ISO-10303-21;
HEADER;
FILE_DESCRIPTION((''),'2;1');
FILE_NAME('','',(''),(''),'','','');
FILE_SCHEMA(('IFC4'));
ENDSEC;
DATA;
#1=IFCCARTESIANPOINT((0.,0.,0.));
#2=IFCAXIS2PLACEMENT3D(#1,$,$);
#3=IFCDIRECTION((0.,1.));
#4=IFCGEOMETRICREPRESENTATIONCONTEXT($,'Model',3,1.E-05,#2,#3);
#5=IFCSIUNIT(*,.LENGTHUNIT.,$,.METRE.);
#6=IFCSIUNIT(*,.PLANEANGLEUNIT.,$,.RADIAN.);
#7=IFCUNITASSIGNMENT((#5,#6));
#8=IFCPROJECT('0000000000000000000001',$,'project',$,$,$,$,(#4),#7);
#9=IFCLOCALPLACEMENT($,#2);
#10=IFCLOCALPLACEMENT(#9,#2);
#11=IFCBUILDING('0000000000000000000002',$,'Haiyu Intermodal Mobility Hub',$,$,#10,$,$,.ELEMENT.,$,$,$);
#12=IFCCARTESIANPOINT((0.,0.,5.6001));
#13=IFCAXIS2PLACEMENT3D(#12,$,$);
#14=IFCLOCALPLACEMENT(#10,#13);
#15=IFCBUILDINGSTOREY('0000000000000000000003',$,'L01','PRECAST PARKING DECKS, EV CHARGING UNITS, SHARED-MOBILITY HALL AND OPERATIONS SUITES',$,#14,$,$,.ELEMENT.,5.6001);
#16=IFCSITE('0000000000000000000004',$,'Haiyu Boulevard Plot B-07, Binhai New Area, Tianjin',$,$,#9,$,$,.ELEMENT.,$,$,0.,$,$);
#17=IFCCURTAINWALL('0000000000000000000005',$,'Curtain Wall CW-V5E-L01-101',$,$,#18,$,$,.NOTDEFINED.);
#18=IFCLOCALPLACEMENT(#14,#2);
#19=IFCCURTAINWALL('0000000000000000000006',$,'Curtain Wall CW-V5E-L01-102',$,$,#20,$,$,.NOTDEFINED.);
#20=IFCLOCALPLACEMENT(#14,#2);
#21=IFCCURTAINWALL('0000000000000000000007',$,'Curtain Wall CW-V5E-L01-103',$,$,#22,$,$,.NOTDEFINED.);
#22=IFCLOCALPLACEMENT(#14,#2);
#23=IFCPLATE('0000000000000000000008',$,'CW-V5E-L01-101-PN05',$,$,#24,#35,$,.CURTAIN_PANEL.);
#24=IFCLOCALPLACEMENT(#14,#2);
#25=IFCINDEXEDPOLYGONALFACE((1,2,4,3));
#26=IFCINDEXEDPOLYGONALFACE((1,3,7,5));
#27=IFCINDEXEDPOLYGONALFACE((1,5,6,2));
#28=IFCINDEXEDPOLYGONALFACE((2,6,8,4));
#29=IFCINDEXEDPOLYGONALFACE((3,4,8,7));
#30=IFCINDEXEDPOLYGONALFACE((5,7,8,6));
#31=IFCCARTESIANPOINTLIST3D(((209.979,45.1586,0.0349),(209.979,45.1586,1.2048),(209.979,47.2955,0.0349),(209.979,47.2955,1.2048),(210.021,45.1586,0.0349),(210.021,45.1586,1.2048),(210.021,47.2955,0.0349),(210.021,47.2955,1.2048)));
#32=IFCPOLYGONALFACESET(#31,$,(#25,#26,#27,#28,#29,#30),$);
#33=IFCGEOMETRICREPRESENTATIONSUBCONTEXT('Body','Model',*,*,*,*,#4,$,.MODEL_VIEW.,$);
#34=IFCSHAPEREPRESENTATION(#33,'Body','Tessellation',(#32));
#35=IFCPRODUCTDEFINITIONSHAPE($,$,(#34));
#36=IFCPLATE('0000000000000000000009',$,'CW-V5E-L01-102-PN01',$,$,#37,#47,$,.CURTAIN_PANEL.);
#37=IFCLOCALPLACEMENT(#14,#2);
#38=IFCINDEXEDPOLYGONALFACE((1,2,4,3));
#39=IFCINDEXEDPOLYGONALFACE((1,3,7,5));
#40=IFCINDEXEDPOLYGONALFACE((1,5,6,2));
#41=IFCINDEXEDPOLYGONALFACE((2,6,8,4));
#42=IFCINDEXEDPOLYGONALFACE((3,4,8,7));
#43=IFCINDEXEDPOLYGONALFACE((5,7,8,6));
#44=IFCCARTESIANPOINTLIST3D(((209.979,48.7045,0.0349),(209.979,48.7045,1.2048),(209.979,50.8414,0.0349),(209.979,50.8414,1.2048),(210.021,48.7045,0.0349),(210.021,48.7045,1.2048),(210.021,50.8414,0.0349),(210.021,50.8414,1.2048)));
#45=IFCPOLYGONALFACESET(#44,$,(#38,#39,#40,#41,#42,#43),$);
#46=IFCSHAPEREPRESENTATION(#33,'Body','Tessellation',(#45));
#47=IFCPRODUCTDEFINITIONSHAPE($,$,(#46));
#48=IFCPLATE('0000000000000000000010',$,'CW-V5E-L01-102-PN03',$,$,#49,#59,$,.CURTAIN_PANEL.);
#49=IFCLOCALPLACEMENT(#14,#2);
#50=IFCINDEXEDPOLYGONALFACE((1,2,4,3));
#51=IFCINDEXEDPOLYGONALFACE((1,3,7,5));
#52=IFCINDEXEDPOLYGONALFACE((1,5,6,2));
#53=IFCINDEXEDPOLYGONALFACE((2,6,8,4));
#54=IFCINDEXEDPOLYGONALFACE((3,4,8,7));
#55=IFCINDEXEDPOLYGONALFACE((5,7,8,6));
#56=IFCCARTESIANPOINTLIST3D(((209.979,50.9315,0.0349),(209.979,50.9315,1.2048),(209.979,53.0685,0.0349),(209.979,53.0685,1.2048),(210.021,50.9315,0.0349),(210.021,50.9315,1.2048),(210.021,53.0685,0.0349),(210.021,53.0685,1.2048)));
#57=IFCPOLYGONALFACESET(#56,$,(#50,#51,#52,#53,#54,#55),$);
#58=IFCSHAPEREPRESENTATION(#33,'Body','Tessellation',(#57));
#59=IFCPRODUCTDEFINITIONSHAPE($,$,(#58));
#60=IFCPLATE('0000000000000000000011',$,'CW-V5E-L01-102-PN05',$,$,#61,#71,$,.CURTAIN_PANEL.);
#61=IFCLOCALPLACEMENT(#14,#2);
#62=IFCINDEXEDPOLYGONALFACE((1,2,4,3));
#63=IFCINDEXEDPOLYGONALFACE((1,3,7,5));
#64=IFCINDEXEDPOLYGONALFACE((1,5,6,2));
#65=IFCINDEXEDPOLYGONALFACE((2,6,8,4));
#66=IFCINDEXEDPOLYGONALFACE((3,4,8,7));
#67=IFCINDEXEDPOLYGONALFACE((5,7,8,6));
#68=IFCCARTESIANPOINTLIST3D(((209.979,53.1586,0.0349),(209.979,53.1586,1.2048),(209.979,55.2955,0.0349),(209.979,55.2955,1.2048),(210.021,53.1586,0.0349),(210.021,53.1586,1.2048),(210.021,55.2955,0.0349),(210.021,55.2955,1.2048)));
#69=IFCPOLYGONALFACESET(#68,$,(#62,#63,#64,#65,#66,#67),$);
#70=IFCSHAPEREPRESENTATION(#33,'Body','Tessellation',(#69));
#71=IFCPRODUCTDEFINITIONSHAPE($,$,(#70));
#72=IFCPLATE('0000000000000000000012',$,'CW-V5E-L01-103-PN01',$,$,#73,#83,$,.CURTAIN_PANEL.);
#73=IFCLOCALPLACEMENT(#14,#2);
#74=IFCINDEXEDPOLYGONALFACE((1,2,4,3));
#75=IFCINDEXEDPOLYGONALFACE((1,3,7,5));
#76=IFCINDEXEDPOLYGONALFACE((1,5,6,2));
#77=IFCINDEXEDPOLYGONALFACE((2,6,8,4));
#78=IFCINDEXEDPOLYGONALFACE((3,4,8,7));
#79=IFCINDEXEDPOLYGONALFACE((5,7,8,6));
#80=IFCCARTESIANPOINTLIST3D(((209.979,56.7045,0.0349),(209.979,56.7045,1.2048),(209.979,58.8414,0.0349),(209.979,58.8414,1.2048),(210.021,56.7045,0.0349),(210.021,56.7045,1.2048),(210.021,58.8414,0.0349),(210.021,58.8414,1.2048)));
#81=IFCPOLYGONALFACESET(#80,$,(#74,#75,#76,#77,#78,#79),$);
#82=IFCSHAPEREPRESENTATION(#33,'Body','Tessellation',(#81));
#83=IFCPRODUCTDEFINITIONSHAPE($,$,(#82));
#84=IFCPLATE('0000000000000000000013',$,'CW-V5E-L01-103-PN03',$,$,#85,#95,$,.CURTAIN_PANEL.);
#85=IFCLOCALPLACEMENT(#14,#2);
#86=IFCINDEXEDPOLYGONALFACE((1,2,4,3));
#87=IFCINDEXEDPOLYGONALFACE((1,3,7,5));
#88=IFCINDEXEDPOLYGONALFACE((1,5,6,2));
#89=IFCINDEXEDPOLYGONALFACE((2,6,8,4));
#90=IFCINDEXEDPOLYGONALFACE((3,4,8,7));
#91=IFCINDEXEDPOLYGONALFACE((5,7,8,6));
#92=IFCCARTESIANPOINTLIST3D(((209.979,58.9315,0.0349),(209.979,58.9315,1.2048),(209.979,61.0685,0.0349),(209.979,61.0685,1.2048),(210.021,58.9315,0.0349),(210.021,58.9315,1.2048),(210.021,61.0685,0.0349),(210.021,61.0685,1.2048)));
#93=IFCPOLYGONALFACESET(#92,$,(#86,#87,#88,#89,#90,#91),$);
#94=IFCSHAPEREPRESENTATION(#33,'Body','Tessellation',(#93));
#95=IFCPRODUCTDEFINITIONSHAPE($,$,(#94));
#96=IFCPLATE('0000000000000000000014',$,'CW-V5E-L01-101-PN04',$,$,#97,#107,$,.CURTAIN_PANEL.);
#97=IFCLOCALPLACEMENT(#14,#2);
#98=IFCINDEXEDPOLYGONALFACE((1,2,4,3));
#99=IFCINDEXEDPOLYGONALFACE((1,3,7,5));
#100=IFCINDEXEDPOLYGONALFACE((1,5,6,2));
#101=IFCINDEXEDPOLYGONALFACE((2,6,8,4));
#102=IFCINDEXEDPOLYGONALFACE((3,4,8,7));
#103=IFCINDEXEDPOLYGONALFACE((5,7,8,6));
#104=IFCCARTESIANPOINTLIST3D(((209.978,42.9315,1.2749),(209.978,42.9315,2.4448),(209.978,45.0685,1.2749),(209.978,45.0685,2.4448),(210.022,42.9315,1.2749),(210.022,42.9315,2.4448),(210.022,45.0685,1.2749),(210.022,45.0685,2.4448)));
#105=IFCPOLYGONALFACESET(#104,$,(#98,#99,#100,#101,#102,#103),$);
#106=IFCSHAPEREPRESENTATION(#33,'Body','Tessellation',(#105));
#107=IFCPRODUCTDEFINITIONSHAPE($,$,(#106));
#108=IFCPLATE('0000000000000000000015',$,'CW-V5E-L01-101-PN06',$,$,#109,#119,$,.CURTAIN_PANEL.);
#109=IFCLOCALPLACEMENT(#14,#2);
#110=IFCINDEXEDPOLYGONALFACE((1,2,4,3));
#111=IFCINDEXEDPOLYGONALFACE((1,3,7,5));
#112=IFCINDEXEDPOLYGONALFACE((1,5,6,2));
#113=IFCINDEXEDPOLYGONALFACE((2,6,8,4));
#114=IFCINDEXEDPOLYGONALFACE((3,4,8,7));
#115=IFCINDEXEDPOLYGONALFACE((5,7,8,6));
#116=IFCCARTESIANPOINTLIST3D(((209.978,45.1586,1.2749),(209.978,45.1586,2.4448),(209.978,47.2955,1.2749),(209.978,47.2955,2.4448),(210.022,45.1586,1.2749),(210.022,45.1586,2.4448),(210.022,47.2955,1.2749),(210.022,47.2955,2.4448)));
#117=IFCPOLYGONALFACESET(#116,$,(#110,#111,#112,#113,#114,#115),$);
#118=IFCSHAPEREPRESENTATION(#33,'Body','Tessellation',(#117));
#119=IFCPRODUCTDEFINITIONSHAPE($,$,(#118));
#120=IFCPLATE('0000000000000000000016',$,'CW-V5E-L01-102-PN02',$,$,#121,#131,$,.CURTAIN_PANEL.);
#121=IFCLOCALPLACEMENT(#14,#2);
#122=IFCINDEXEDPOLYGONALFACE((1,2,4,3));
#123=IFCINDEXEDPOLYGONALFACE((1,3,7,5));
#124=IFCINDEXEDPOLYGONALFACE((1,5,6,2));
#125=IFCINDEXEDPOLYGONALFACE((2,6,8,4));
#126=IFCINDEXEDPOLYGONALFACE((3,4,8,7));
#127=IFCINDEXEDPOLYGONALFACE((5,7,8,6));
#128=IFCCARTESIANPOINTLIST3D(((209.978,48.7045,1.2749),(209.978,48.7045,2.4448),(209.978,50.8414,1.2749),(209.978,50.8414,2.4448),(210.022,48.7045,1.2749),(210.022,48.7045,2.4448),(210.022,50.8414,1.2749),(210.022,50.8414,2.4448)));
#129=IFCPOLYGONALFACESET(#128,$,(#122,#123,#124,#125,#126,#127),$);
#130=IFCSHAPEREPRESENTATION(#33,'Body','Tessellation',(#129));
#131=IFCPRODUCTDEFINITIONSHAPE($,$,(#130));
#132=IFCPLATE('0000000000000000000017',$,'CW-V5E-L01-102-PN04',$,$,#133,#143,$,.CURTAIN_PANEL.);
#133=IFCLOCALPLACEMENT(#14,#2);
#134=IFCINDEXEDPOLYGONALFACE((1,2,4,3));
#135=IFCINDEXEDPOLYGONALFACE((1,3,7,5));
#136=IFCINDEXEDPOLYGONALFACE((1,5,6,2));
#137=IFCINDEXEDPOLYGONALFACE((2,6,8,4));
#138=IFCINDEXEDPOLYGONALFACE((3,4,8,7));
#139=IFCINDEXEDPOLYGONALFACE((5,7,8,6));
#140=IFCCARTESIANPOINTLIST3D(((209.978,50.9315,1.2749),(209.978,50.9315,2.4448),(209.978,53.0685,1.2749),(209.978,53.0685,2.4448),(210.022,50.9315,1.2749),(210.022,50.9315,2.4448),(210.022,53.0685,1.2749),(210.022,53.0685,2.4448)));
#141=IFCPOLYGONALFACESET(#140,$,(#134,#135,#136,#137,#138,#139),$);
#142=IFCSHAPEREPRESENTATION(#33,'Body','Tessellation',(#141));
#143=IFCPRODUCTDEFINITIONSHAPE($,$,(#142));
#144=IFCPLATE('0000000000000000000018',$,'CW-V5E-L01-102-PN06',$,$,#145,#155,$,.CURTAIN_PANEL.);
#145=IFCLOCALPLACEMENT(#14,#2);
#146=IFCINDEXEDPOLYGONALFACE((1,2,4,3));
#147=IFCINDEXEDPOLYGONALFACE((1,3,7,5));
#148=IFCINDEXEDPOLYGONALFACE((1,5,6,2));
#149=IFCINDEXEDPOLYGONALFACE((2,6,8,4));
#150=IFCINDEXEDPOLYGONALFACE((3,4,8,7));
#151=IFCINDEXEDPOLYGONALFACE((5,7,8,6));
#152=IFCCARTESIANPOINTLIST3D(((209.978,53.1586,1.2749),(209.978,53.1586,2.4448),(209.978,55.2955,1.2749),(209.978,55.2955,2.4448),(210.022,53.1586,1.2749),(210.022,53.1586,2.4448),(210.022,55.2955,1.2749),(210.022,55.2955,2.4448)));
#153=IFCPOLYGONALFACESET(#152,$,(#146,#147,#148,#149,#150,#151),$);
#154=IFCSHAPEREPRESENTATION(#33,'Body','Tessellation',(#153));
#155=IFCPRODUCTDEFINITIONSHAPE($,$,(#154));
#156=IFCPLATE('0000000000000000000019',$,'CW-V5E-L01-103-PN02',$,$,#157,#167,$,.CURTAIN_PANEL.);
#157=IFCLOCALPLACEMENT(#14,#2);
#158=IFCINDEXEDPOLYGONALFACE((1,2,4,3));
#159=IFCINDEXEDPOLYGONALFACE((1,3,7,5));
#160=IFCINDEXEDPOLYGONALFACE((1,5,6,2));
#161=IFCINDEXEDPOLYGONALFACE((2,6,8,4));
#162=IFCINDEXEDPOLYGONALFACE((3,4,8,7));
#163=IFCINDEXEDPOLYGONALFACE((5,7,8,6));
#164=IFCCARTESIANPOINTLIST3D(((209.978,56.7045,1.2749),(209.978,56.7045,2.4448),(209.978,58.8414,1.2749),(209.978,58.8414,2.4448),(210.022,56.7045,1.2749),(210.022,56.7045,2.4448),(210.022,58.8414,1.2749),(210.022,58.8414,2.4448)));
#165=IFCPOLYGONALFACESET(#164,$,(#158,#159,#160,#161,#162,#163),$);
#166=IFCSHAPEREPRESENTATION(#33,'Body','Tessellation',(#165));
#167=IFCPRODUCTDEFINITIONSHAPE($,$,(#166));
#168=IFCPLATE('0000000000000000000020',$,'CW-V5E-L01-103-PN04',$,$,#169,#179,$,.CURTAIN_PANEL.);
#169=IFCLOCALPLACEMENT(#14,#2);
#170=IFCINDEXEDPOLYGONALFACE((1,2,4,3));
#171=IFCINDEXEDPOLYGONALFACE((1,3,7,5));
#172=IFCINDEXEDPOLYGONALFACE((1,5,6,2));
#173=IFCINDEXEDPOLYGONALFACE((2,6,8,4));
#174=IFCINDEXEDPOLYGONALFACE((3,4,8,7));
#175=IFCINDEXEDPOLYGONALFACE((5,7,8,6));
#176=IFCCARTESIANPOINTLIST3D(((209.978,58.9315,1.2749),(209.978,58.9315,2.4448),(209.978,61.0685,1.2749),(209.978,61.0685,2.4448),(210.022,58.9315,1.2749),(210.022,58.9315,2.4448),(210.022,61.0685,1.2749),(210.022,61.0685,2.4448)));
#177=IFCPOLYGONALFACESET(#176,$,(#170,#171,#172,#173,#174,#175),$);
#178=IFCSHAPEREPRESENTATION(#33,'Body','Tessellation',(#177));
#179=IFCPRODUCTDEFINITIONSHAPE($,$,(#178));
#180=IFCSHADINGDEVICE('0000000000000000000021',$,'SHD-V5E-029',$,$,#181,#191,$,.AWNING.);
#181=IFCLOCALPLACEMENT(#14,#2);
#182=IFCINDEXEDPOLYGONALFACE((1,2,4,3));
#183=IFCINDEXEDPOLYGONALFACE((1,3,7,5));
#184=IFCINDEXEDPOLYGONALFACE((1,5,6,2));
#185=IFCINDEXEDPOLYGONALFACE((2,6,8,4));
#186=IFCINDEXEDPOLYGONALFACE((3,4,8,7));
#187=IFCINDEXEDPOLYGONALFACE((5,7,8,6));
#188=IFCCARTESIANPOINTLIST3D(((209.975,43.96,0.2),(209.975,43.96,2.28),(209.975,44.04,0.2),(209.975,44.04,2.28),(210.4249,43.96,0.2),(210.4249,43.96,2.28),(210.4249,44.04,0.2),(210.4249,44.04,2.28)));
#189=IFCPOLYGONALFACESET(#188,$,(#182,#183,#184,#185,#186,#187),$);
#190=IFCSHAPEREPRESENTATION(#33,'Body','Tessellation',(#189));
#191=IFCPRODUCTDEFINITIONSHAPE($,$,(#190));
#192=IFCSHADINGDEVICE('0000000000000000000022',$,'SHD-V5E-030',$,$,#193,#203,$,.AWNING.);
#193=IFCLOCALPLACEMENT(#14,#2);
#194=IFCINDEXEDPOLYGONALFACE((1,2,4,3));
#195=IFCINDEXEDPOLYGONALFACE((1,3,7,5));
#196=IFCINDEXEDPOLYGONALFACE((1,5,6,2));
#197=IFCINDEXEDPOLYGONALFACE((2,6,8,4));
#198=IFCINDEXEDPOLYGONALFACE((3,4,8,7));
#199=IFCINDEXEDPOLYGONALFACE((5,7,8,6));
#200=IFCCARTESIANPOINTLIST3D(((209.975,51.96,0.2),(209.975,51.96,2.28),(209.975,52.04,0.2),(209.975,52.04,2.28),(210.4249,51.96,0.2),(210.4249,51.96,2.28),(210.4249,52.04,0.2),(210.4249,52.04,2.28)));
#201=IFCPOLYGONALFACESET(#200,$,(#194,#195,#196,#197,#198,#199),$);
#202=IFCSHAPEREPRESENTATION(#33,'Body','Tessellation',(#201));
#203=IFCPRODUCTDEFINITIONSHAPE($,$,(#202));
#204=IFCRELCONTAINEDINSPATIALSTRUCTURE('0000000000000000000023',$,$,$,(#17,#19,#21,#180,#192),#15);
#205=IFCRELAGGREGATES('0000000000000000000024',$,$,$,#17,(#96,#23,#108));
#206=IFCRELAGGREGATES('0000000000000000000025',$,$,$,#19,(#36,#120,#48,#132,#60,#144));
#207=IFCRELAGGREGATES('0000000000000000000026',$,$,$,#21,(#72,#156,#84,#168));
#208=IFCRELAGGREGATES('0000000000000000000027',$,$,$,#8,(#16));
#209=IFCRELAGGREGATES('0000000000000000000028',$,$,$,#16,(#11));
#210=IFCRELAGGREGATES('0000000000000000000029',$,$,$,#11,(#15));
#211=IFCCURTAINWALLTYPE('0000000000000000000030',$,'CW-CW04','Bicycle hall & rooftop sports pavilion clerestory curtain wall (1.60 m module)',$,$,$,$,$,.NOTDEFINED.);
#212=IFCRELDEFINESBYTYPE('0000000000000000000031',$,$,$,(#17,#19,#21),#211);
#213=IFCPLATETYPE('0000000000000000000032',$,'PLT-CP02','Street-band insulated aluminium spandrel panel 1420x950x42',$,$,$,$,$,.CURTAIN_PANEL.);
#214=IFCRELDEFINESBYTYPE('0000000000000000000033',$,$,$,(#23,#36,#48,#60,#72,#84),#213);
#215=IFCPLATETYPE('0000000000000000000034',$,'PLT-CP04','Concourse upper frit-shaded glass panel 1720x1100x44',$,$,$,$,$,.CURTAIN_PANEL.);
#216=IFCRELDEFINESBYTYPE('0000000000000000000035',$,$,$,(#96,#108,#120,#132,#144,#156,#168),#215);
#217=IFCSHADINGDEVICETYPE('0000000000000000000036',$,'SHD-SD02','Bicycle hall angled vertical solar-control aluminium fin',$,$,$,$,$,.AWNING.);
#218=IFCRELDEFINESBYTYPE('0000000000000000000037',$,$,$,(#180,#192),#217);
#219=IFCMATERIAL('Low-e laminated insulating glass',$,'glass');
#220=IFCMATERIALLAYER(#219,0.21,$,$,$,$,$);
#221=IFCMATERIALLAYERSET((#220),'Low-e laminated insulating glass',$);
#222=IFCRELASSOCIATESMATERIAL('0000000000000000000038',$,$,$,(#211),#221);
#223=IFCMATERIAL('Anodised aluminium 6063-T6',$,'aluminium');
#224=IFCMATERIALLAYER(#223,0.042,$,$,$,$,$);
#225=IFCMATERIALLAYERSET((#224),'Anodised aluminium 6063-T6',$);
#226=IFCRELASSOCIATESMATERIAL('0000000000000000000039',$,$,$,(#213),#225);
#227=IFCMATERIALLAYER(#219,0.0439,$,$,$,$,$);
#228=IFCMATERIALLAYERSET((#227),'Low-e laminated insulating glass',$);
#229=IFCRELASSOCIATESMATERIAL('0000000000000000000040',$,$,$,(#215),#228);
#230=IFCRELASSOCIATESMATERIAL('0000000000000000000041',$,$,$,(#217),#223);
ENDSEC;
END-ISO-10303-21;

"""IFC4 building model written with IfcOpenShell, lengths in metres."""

from ifc_helpers import new_model, si_unit, direction, frame, origin, origin_2d, place, context, subcontext, project, spatial, rectangle, extrude, material, layer, layer_set, material_profile, profile_set, type_object, element, aggregate, save


model = new_model("IFC4")

# Units and contexts
model_context = context("Model", 3, precision=1e-05, world=origin(), true_north=direction((0.0, 1.0)))
body_context = subcontext(model_context, "Body", "Model", "MODEL_VIEW")
ifc_project = project(units=[si_unit("LENGTHUNIT", "METRE"), si_unit("PLANEANGLEUNIT", "RADIAN")], contexts=[model_context])

# Site, building, storey
site_placement = place(None, origin())
site = spatial("IfcSite", under=ifc_project, at=site_placement, Name="Haiyu Boulevard Plot B-07, Binhai New Area, Tianjin", CompositionType="ELEMENT", RefElevation=0.0)
building_placement = place(site_placement, origin())
building = spatial("IfcBuilding", under=site, at=building_placement, Name="Haiyu Intermodal Mobility Hub", CompositionType="ELEMENT")
storey_placement = place(building_placement, frame((0.0, 0.0, 5.6001)))
storey = spatial("IfcBuildingStorey", under=building, at=storey_placement, Name="L01", Description="PRECAST PARKING DECKS, EV CHARGING UNITS, SHARED-MOBILITY HALL AND OPERATIONS SUITES", CompositionType="ELEMENT", Elevation=5.6001)

# Curtain walls
ifc_material_1 = material(Name="Low-e laminated insulating glass", Category="glass")
ifc_layer_1 = layer(ifc_material_1, 0.21)
ifc_layer_set_1 = layer_set([ifc_layer_1], Name="Low-e laminated insulating glass")
curtain_wall_type = type_object("IfcCurtainWallType", Name="CW-CW04", Description="Bicycle hall & rooftop sports pavilion clerestory curtain wall (1.60 m module)", PredefinedType="NOTDEFINED", material=ifc_layer_set_1)
curtain_wall_1_placement = place(storey_placement, origin())
curtain_wall_1 = element("IfcCurtainWall", 1, at=curtain_wall_1_placement, inside=storey, type_object=curtain_wall_type, Name="Curtain Wall CW-V5E-L01-101", PredefinedType="NOTDEFINED")
ifc_material_2 = material(Name="Anodised aluminium 6063-T6", Category="aluminium")
curtain_wall_2_placement = place(storey_placement, origin())
curtain_wall_2 = element("IfcCurtainWall", 2, at=curtain_wall_2_placement, inside=storey, type_object=curtain_wall_type, Name="Curtain Wall CW-V5E-L01-102", PredefinedType="NOTDEFINED")
curtain_wall_3_placement = place(storey_placement, origin())
curtain_wall_3 = element("IfcCurtainWall", 3, at=curtain_wall_3_placement, inside=storey, type_object=curtain_wall_type, Name="Curtain Wall CW-V5E-L01-103", PredefinedType="NOTDEFINED")

# Plates
ifc_layer_2 = layer(ifc_material_2, 0.042)
ifc_layer_set_2 = layer_set([ifc_layer_2], Name="Anodised aluminium 6063-T6")
plate_type_1 = type_object("IfcPlateType", Name="PLT-CP02", Description="Street-band insulated aluminium spandrel panel 1420x950x42", PredefinedType="CURTAIN_PANEL", material=ifc_layer_set_2)
plate_1_placement = place(storey_placement, frame((210.0, 46.2271, 0.0349), z_axis=(0.0, 0.0, 1.0), x_axis=(0.0, 1.0, 0.0)))
plate_1 = element("IfcPlate", 4, at=plate_1_placement, type_object=plate_type_1, Name="CW-V5E-L01-101-PN05", PredefinedType="CURTAIN_PANEL", context=body_context, shape_type="SweptSolid", body=[
    extrude(rectangle(XDim=2.137, YDim=0.042, at=origin_2d()), origin(), (0.0, 0.0, 1.0), 1.1699),
])
plate_2_placement = place(storey_placement, frame((210.0, 49.7729, 0.0349), z_axis=(0.0, 0.0, 1.0), x_axis=(0.0, 1.0, 0.0)))
plate_2 = element("IfcPlate", 5, at=plate_2_placement, type_object=plate_type_1, Name="CW-V5E-L01-102-PN01", PredefinedType="CURTAIN_PANEL", context=body_context, shape_type="SweptSolid", body=[
    extrude(rectangle(XDim=2.137, YDim=0.042, at=origin_2d()), origin(), (0.0, 0.0, 1.0), 1.1699),
])
plate_3_placement = place(storey_placement, frame((210.0, 52.0, 0.0349), z_axis=(0.0, 0.0, 1.0), x_axis=(0.0, 1.0, 0.0)))
plate_3 = element("IfcPlate", 6, at=plate_3_placement, type_object=plate_type_1, Name="CW-V5E-L01-102-PN03", PredefinedType="CURTAIN_PANEL", context=body_context, shape_type="SweptSolid", body=[
    extrude(rectangle(XDim=2.137, YDim=0.042, at=origin_2d()), origin(), (0.0, 0.0, 1.0), 1.1699),
])
plate_4_placement = place(storey_placement, frame((210.0, 54.2271, 0.0349), z_axis=(0.0, 0.0, 1.0), x_axis=(0.0, 1.0, 0.0)))
plate_4 = element("IfcPlate", 7, at=plate_4_placement, type_object=plate_type_1, Name="CW-V5E-L01-102-PN05", PredefinedType="CURTAIN_PANEL", context=body_context, shape_type="SweptSolid", body=[
    extrude(rectangle(XDim=2.137, YDim=0.042, at=origin_2d()), origin(), (0.0, 0.0, 1.0), 1.1699),
])
plate_5_placement = place(storey_placement, frame((210.0, 57.7729, 0.0349), z_axis=(0.0, 0.0, 1.0), x_axis=(0.0, 1.0, 0.0)))
plate_5 = element("IfcPlate", 8, at=plate_5_placement, type_object=plate_type_1, Name="CW-V5E-L01-103-PN01", PredefinedType="CURTAIN_PANEL", context=body_context, shape_type="SweptSolid", body=[
    extrude(rectangle(XDim=2.137, YDim=0.042, at=origin_2d()), origin(), (0.0, 0.0, 1.0), 1.1699),
])
plate_6_placement = place(storey_placement, frame((210.0, 60.0, 0.0349), z_axis=(0.0, 0.0, 1.0), x_axis=(0.0, 1.0, 0.0)))
plate_6 = element("IfcPlate", 9, at=plate_6_placement, type_object=plate_type_1, Name="CW-V5E-L01-103-PN03", PredefinedType="CURTAIN_PANEL", context=body_context, shape_type="SweptSolid", body=[
    extrude(rectangle(XDim=2.137, YDim=0.042, at=origin_2d()), origin(), (0.0, 0.0, 1.0), 1.1699),
])
ifc_layer_3 = layer(ifc_material_1, 0.0439)
ifc_layer_set_3 = layer_set([ifc_layer_3], Name="Low-e laminated insulating glass")
plate_type_2 = type_object("IfcPlateType", Name="PLT-CP04", Description="Concourse upper frit-shaded glass panel 1720x1100x44", PredefinedType="CURTAIN_PANEL", material=ifc_layer_set_3)
plate_7_placement = place(storey_placement, frame((210.0, 44.0, 1.2749), z_axis=(0.0, 0.0, 1.0), x_axis=(0.0, 1.0, 0.0)))
plate_7 = element("IfcPlate", 10, at=plate_7_placement, type_object=plate_type_2, Name="CW-V5E-L01-101-PN04", PredefinedType="CURTAIN_PANEL", context=body_context, shape_type="SweptSolid", body=[
    extrude(rectangle(XDim=2.137, YDim=0.0439, at=origin_2d()), origin(), (0.0, 0.0, 1.0), 1.1699),
])
plate_8_placement = place(storey_placement, frame((210.0, 46.2271, 1.2749), z_axis=(0.0, 0.0, 1.0), x_axis=(0.0, 1.0, 0.0)))
plate_8 = element("IfcPlate", 11, at=plate_8_placement, type_object=plate_type_2, Name="CW-V5E-L01-101-PN06", PredefinedType="CURTAIN_PANEL", context=body_context, shape_type="SweptSolid", body=[
    extrude(rectangle(XDim=2.137, YDim=0.0439, at=origin_2d()), origin(), (0.0, 0.0, 1.0), 1.1699),
])
aggregate(curtain_wall_1, [plate_7, plate_1, plate_8])
plate_9_placement = place(storey_placement, frame((210.0, 49.7729, 1.2749), z_axis=(0.0, 0.0, 1.0), x_axis=(0.0, 1.0, 0.0)))
plate_9 = element("IfcPlate", 12, at=plate_9_placement, type_object=plate_type_2, Name="CW-V5E-L01-102-PN02", PredefinedType="CURTAIN_PANEL", context=body_context, shape_type="SweptSolid", body=[
    extrude(rectangle(XDim=2.137, YDim=0.0439, at=origin_2d()), origin(), (0.0, 0.0, 1.0), 1.1699),
])
plate_10_placement = place(storey_placement, frame((210.0, 52.0, 1.2749), z_axis=(0.0, 0.0, 1.0), x_axis=(0.0, 1.0, 0.0)))
plate_10 = element("IfcPlate", 13, at=plate_10_placement, type_object=plate_type_2, Name="CW-V5E-L01-102-PN04", PredefinedType="CURTAIN_PANEL", context=body_context, shape_type="SweptSolid", body=[
    extrude(rectangle(XDim=2.137, YDim=0.0439, at=origin_2d()), origin(), (0.0, 0.0, 1.0), 1.1699),
])
plate_11_placement = place(storey_placement, frame((210.0, 54.2271, 1.2749), z_axis=(0.0, 0.0, 1.0), x_axis=(0.0, 1.0, 0.0)))
plate_11 = element("IfcPlate", 14, at=plate_11_placement, type_object=plate_type_2, Name="CW-V5E-L01-102-PN06", PredefinedType="CURTAIN_PANEL", context=body_context, shape_type="SweptSolid", body=[
    extrude(rectangle(XDim=2.137, YDim=0.0439, at=origin_2d()), origin(), (0.0, 0.0, 1.0), 1.1699),
])
aggregate(curtain_wall_2, [plate_2, plate_9, plate_3, plate_10, plate_4, plate_11])
plate_12_placement = place(storey_placement, frame((210.0, 57.7729, 1.2749), z_axis=(0.0, 0.0, 1.0), x_axis=(0.0, 1.0, 0.0)))
plate_12 = element("IfcPlate", 15, at=plate_12_placement, type_object=plate_type_2, Name="CW-V5E-L01-103-PN02", PredefinedType="CURTAIN_PANEL", context=body_context, shape_type="SweptSolid", body=[
    extrude(rectangle(XDim=2.137, YDim=0.0439, at=origin_2d()), origin(), (0.0, 0.0, 1.0), 1.1699),
])
plate_13_placement = place(storey_placement, frame((210.0, 60.0, 1.2749), z_axis=(0.0, 0.0, 1.0), x_axis=(0.0, 1.0, 0.0)))
plate_13 = element("IfcPlate", 16, at=plate_13_placement, type_object=plate_type_2, Name="CW-V5E-L01-103-PN04", PredefinedType="CURTAIN_PANEL", context=body_context, shape_type="SweptSolid", body=[
    extrude(rectangle(XDim=2.137, YDim=0.0439, at=origin_2d()), origin(), (0.0, 0.0, 1.0), 1.1699),
])
aggregate(curtain_wall_3, [plate_5, plate_12, plate_6, plate_13])

# Shading devices
ifc_material_profile_1 = material_profile(ifc_material_2, rectangle(XDim=0.0701, YDim=0.55, at=origin_2d()), Name="FIN70x550")
ifc_profile_set_1 = profile_set([ifc_material_profile_1], Name="Anodised aluminium 6063-T6")
shading_device_type = type_object("IfcShadingDeviceType", Name="SHD-SD02", Description="Bicycle hall angled vertical solar-control aluminium fin", PredefinedType="AWNING", material=ifc_profile_set_1)
for number, where, z_axis, x_axis, name in (
    (17, (210.2, 44.0, 0.2), (0.0, 0.0, 1.0), (1.0, 0.0, 0.0), "SHD-V5E-029"),
    (18, (210.2, 52.0, 0.2), (0.0, 0.0, 1.0), (1.0, 0.0, 0.0), "SHD-V5E-030"),
):
    element("IfcShadingDevice", number, at=place(storey_placement, frame(where, z_axis=z_axis, x_axis=x_axis)), inside=storey, type_object=shading_device_type, Name=name, PredefinedType="AWNING", context=body_context, shape_type="SweptSolid", body=[
        extrude(rectangle(XDim=0.45, YDim=0.0801, at=origin_2d()), origin(), (0.0, 0.0, 1.0), 2.0801),
    ])

save(model, "model.ifc")
